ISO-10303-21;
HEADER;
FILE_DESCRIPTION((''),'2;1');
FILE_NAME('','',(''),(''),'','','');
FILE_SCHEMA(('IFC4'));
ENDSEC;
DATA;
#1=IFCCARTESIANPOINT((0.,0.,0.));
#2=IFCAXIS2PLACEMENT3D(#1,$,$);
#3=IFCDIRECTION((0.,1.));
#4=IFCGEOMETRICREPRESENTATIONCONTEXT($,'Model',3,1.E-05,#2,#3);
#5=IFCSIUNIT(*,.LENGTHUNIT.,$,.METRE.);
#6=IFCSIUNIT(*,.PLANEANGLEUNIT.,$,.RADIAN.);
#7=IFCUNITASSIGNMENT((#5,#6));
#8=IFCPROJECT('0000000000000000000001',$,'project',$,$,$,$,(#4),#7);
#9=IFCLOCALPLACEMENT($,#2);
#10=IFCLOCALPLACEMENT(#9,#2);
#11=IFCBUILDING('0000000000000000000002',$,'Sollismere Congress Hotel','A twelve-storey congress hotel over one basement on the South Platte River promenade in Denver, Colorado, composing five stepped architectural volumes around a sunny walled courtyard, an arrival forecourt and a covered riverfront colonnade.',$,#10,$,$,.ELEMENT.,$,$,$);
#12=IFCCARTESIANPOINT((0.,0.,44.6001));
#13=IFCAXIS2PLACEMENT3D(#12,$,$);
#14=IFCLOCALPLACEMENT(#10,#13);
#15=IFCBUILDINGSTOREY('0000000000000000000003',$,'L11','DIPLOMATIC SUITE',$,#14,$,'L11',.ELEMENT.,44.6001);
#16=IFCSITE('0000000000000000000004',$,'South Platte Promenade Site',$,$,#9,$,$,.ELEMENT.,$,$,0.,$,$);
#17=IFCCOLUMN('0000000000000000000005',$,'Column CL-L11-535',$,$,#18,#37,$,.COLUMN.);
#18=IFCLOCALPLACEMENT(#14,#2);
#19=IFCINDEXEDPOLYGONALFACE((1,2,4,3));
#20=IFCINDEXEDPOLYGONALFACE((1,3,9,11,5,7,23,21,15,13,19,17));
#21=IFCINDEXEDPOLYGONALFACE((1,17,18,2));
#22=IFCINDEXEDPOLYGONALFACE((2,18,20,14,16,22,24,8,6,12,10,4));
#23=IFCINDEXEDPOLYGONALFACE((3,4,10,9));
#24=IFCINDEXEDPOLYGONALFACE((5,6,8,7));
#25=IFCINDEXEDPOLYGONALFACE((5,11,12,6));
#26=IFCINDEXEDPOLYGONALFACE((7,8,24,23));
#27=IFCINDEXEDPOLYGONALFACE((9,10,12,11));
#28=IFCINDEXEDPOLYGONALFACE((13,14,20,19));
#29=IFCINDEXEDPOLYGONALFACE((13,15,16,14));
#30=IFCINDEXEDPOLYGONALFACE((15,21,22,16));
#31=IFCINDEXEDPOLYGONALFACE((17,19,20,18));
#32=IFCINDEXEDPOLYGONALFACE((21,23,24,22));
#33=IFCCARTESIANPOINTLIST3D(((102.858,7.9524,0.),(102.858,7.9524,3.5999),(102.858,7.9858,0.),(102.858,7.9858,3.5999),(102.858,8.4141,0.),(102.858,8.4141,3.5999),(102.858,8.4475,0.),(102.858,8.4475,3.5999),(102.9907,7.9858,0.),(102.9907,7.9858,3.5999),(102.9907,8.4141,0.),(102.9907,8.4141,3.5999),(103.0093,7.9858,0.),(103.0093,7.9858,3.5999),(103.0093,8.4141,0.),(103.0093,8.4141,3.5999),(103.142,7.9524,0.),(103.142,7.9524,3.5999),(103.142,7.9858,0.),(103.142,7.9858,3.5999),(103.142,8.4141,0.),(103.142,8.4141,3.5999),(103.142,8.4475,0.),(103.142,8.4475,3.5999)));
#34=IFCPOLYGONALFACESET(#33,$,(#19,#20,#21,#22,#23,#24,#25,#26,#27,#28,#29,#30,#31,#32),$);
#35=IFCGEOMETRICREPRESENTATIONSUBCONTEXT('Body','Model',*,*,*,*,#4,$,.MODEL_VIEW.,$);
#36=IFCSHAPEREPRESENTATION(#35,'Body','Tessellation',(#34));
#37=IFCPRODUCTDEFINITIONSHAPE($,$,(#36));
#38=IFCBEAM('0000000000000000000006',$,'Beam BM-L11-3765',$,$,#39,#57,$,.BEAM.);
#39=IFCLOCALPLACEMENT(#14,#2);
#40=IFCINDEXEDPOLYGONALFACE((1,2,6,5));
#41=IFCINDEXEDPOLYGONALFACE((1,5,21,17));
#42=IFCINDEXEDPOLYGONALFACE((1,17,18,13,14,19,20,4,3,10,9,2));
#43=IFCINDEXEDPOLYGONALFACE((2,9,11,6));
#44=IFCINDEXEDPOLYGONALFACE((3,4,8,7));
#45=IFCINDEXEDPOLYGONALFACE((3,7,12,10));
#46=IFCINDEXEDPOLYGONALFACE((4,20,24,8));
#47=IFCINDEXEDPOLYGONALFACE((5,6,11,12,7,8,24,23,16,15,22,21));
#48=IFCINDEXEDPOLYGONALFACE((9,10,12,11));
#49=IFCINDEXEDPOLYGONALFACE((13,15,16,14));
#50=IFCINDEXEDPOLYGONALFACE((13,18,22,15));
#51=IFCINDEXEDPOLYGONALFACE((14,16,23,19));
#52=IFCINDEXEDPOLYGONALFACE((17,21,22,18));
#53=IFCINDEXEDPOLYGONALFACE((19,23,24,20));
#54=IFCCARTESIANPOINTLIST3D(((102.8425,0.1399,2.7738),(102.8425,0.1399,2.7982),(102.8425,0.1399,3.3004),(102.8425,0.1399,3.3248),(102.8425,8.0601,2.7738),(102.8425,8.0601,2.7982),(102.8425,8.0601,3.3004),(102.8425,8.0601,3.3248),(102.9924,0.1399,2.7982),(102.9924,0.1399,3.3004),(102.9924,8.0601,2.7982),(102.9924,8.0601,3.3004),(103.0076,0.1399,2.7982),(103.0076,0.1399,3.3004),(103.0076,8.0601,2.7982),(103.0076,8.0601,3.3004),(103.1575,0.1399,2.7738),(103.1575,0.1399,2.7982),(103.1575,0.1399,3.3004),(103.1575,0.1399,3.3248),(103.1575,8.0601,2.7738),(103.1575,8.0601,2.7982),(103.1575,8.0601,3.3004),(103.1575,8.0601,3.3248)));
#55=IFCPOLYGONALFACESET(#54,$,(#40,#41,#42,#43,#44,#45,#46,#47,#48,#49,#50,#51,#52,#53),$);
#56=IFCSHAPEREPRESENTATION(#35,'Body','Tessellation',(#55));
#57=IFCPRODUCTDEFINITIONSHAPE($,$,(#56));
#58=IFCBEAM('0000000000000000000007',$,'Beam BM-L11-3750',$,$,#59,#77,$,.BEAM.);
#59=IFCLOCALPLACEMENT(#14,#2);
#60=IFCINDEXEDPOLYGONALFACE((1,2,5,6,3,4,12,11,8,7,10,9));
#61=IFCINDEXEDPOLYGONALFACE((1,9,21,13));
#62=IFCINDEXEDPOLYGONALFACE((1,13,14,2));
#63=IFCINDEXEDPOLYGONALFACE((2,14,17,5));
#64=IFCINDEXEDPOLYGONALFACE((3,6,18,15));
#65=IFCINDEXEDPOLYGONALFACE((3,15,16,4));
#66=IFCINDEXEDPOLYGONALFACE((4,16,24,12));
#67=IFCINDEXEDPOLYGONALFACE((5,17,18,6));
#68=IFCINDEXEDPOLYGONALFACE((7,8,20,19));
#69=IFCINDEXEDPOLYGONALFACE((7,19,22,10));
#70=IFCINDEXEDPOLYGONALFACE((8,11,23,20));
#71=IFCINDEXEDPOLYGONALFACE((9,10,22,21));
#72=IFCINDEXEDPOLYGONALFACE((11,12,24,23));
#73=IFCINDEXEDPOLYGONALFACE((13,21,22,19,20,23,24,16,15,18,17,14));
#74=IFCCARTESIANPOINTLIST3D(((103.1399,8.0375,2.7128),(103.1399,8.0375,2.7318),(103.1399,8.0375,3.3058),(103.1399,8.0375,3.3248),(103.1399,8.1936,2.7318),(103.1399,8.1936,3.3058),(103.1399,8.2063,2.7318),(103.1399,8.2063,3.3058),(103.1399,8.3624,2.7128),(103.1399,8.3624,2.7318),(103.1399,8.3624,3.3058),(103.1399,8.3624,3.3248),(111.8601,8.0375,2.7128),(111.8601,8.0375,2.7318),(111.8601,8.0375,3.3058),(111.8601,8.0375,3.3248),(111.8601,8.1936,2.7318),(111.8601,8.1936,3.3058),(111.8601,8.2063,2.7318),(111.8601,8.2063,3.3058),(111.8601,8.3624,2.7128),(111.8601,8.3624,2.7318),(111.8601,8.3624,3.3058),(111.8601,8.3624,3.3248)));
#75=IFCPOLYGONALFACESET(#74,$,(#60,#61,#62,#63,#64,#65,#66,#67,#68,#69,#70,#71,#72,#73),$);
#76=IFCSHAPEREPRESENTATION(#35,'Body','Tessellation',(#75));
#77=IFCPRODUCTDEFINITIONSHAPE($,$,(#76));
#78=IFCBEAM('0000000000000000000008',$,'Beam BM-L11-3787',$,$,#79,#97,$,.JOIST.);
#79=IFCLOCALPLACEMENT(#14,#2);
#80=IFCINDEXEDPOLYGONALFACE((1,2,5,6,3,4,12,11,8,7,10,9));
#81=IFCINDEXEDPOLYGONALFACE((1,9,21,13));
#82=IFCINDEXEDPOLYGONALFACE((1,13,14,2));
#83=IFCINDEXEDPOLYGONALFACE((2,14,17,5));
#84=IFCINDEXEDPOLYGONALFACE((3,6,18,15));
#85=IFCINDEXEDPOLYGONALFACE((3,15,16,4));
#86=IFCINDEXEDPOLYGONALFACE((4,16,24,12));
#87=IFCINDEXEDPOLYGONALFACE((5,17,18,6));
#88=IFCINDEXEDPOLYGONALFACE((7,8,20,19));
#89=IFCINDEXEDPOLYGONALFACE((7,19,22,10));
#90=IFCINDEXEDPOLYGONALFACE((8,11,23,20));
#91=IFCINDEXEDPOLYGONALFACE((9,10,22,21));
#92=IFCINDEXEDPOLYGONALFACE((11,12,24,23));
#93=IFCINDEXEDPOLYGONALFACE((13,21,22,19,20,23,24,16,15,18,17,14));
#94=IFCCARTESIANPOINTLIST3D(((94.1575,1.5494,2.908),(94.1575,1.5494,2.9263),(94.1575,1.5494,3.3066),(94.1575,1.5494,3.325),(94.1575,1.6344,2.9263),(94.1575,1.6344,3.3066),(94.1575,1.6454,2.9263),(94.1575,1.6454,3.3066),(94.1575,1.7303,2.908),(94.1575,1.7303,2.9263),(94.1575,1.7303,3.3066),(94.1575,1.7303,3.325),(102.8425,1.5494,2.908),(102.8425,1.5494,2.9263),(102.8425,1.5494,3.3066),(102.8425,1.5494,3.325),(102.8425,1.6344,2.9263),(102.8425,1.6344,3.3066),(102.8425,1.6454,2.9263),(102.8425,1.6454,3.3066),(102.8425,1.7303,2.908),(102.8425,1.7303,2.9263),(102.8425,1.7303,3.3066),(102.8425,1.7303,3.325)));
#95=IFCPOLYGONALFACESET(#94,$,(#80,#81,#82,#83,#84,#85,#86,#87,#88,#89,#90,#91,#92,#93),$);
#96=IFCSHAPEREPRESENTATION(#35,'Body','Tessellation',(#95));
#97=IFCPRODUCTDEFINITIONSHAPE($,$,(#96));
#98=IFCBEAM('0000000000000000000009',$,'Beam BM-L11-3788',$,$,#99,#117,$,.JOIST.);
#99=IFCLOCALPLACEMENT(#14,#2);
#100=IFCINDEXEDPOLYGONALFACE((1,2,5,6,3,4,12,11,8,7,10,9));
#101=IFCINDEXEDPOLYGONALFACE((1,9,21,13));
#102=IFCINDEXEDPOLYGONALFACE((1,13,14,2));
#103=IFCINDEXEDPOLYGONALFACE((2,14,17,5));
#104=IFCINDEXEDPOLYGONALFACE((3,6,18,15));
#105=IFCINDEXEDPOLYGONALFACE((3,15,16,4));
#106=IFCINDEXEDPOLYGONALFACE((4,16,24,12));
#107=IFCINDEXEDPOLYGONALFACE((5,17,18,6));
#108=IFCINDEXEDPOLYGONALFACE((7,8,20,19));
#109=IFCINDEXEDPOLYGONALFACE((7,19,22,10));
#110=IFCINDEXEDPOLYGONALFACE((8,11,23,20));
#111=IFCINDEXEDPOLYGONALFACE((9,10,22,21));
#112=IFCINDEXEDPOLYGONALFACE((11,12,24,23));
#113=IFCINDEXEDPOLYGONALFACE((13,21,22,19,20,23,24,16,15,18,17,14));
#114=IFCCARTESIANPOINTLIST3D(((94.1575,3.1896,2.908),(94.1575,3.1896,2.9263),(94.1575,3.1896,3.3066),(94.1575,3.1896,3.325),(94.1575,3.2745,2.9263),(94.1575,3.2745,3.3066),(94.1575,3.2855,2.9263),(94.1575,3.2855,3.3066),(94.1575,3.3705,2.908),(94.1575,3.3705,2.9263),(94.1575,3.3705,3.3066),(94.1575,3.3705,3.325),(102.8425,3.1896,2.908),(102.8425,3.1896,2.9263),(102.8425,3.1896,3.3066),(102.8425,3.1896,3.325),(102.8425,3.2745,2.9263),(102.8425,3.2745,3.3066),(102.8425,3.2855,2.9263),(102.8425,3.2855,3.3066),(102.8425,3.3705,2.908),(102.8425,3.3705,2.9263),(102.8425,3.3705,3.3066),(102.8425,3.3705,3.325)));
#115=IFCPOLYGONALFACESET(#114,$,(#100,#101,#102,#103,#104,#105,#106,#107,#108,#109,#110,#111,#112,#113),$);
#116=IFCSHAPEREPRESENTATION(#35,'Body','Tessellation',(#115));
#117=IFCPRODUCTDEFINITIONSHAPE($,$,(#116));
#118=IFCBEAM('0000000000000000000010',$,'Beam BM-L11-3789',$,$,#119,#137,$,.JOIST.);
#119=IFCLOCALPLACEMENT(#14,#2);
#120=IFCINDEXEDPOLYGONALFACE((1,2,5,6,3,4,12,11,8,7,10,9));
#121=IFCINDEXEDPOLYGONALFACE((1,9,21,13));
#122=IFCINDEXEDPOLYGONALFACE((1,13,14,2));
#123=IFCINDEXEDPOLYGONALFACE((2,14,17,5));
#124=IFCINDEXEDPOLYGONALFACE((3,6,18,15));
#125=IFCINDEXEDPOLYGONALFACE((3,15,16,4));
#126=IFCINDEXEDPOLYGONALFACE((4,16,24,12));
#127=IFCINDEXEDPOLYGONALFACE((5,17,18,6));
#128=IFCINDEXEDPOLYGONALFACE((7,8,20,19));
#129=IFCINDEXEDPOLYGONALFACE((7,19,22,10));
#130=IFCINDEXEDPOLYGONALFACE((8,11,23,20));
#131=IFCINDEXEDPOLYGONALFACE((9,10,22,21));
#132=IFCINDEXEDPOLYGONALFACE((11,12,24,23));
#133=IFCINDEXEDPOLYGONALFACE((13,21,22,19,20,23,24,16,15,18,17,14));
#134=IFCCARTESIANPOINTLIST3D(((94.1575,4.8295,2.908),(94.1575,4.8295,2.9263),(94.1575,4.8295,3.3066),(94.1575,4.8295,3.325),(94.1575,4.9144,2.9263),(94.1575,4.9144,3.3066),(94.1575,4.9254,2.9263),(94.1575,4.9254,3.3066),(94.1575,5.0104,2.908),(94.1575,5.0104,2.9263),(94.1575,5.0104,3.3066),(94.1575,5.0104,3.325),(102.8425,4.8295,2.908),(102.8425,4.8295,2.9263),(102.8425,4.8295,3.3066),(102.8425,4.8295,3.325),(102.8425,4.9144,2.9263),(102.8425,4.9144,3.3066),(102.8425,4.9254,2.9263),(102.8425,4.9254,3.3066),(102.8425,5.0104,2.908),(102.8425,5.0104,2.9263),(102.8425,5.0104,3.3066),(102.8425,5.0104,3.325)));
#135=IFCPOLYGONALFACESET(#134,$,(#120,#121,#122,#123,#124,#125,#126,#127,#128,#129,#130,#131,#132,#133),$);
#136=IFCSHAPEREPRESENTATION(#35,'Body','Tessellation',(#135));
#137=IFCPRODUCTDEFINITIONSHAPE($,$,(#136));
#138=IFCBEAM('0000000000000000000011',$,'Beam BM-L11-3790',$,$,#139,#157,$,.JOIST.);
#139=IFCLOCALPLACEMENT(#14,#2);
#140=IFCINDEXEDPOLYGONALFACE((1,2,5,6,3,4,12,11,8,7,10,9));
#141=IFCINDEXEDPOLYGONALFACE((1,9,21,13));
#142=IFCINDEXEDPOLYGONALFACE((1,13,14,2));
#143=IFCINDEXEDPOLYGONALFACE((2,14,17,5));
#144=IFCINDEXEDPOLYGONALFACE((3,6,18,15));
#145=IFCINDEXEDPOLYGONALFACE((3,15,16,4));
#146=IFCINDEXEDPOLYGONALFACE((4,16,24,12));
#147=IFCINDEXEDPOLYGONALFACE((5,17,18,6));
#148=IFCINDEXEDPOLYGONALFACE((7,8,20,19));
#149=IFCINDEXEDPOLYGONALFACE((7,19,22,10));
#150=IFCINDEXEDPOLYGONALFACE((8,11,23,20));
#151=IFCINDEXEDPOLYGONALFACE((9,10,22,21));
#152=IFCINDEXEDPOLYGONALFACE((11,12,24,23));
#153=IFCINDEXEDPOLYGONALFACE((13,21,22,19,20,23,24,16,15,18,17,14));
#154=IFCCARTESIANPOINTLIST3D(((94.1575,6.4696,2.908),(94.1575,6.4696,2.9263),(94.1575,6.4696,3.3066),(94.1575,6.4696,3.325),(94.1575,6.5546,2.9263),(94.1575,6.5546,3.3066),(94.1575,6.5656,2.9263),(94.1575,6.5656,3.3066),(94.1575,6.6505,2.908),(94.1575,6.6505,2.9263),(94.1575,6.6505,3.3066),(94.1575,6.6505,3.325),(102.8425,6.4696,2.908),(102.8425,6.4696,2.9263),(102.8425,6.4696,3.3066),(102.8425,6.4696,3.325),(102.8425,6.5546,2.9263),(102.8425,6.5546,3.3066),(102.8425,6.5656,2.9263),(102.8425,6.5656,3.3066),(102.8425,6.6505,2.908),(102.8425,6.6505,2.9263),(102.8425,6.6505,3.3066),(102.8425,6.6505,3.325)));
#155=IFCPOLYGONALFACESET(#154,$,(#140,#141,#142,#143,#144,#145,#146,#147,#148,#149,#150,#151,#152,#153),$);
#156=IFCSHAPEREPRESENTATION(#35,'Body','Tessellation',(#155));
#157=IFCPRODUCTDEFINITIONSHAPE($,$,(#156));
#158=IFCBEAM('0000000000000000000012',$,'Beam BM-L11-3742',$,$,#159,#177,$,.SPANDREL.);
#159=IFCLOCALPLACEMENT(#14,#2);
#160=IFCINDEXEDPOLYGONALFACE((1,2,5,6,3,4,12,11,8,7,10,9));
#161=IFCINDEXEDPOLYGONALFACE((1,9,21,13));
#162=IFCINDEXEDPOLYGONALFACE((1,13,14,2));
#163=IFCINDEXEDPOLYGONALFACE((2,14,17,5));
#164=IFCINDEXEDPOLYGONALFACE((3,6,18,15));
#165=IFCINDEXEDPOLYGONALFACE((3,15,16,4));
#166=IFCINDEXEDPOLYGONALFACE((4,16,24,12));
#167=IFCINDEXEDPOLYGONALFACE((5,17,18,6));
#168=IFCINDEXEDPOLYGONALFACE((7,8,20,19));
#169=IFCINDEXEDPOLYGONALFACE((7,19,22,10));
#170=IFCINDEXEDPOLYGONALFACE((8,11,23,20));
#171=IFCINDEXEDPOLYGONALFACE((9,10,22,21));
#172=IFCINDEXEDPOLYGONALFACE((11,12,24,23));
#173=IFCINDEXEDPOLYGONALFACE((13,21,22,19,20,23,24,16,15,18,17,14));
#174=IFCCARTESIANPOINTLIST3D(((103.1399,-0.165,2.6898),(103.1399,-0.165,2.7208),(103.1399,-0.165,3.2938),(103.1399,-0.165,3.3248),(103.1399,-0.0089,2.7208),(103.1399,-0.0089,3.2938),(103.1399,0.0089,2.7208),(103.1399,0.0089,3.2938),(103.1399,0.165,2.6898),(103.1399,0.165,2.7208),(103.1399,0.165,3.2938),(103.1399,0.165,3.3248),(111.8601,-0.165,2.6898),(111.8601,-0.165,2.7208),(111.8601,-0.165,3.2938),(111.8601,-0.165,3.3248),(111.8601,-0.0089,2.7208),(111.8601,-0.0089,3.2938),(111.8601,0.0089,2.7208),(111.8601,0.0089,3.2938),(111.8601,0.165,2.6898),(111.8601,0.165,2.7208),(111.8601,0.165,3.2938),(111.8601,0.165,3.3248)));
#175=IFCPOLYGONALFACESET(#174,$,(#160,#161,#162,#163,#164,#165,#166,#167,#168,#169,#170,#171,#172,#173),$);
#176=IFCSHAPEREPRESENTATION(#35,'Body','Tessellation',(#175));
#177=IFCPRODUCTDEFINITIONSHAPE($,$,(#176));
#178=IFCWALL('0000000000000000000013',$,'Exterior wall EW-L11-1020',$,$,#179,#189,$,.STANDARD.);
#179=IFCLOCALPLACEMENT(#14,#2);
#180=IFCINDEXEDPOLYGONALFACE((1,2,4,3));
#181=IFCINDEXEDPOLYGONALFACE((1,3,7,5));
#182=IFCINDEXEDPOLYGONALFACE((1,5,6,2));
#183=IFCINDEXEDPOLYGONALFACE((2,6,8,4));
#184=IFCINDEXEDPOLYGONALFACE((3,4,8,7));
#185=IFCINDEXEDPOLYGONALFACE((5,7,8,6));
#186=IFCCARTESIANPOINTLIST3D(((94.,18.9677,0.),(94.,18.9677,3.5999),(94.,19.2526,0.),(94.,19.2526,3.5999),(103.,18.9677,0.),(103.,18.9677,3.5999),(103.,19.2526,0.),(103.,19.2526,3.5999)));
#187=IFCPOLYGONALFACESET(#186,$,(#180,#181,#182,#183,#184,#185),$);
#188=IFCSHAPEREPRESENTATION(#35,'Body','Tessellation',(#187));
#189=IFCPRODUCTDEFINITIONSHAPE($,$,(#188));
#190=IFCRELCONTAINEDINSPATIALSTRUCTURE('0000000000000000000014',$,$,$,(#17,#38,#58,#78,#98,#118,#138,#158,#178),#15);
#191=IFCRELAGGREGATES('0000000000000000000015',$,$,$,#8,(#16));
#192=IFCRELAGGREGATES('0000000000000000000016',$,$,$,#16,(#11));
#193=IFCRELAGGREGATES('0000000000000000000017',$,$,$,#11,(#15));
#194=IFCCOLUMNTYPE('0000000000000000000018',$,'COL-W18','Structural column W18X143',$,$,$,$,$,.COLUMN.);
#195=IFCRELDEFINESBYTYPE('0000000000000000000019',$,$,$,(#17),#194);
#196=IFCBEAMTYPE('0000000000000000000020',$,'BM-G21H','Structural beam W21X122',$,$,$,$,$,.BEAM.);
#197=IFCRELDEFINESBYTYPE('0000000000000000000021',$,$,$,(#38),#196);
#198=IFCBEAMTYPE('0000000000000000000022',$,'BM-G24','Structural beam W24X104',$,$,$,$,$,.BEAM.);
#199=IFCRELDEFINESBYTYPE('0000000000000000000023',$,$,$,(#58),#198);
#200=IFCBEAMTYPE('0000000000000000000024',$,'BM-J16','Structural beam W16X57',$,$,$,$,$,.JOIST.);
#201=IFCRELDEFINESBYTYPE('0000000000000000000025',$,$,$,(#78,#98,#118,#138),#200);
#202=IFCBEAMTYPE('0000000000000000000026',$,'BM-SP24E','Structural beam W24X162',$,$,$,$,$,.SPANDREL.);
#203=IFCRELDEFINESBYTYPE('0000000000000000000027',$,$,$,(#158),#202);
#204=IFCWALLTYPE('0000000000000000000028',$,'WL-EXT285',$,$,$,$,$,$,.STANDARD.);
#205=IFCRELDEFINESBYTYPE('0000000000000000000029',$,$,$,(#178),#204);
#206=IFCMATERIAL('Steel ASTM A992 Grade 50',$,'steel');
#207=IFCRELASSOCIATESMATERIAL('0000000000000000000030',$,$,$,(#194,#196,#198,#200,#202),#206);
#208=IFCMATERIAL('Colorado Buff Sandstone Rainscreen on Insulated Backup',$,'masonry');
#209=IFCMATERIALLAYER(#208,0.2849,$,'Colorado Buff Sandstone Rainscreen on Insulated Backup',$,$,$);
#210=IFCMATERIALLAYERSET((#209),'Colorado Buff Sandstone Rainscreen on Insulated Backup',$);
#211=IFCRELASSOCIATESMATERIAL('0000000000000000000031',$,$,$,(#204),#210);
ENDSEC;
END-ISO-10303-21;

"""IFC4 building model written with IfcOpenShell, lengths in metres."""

from ifc_helpers import new_model, si_unit, direction, frame, frame_2d, origin, origin_2d, place, context, subcontext, project, spatial, rectangle, i_section, extrude, material, layer, layer_set, material_profile, profile_set, type_object, element, save


model = new_model("IFC4")

# Units and contexts
model_context = context("Model", 3, precision=1e-05, world=origin(), true_north=direction((0.0, 1.0)))
body_context = subcontext(model_context, "Body", "Model", "MODEL_VIEW")
ifc_project = project(units=[si_unit("LENGTHUNIT", "METRE"), si_unit("PLANEANGLEUNIT", "RADIAN")], contexts=[model_context])

# Site, building, storey
site_placement = place(None, origin())
site = spatial("IfcSite", under=ifc_project, at=site_placement, Name="South Platte Promenade Site", CompositionType="ELEMENT", RefElevation=0.0)
building_placement = place(site_placement, origin())
building = spatial("IfcBuilding", under=site, at=building_placement, Name="Sollismere Congress Hotel", Description="A twelve-storey congress hotel over one basement on the South Platte River promenade in Denver, Colorado, composing five stepped architectural volumes around a sunny walled courtyard, an arrival forecourt and a covered riverfront colonnade.", CompositionType="ELEMENT")
storey_placement = place(building_placement, frame((0.0, 0.0, 44.6001)))
storey = spatial("IfcBuildingStorey", under=building, at=storey_placement, Name="L11", Description="DIPLOMATIC SUITE", LongName="L11", CompositionType="ELEMENT", Elevation=44.6001)

# Column
ifc_material_1 = material(Name="Steel ASTM A992 Grade 50", Category="steel")
ifc_material_profile_1 = material_profile(ifc_material_1, i_section(OverallWidth=0.2839, OverallDepth=0.4951, WebThickness=0.0186, FlangeThickness=0.0334, at=origin_2d()), Name="W18X143")
ifc_profile_set_1 = profile_set([ifc_material_profile_1], Name="Steel ASTM A992 Grade 50")
column_type = type_object("IfcColumnType", Name="COL-W18", Description="Structural column W18X143", PredefinedType="COLUMN", material=ifc_profile_set_1)
column_placement = place(storey_placement, frame((103.0, 8.2, 0.0), z_axis=(0.0, 0.0, 1.0), x_axis=(1.0, 0.0, 0.0)))
element("IfcColumn", 1, at=column_placement, inside=storey, type_object=column_type, Name="Column CL-L11-535", PredefinedType="COLUMN", context=body_context, shape_type="SweptSolid", body=[
    extrude(i_section(OverallWidth=0.2839, OverallDepth=0.4951, WebThickness=0.0186, FlangeThickness=0.0334, at=origin_2d()), origin(), (0.0, 0.0, 1.0), 3.5999),
])

# Beams
ifc_material_profile_2 = material_profile(ifc_material_1, i_section(OverallWidth=0.3149, OverallDepth=0.551, WebThickness=0.0151, FlangeThickness=0.0244, at=origin_2d()), Name="W21X122")
ifc_profile_set_2 = profile_set([ifc_material_profile_2], Name="Steel ASTM A992 Grade 50")
beam_type_1 = type_object("IfcBeamType", Name="BM-G21H", Description="Structural beam W21X122", PredefinedType="BEAM", material=ifc_profile_set_2)
beam_1_placement = place(storey_placement, frame((103.0, 0.1399, 3.0493), z_axis=(0.0, 1.0, 0.0), x_axis=(-1.0, 0.0, 0.0)))
element("IfcBeam", 2, at=beam_1_placement, inside=storey, type_object=beam_type_1, Name="Beam BM-L11-3765", PredefinedType="BEAM", context=body_context, shape_type="SweptSolid", body=[
    extrude(i_section(OverallWidth=0.3149, OverallDepth=0.551, WebThickness=0.0151, FlangeThickness=0.0244, at=origin_2d()), origin(), (0.0, 0.0, 1.0), 7.9202),
])
ifc_material_profile_3 = material_profile(ifc_material_1, i_section(OverallWidth=0.325, OverallDepth=0.6121, WebThickness=0.0127, FlangeThickness=0.019, at=origin_2d()), Name="W24X104")
ifc_profile_set_3 = profile_set([ifc_material_profile_3], Name="Steel ASTM A992 Grade 50")
beam_type_2 = type_object("IfcBeamType", Name="BM-G24", Description="Structural beam W24X104", PredefinedType="BEAM", material=ifc_profile_set_3)
beam_2_placement = place(storey_placement, frame((103.1399, 8.2, 3.0188), z_axis=(1.0, 0.0, 0.0), x_axis=(0.0, 1.0, 0.0)))
element("IfcBeam", 3, at=beam_2_placement, inside=storey, type_object=beam_type_2, Name="Beam BM-L11-3750", PredefinedType="BEAM", context=body_context, shape_type="SweptSolid", body=[
    extrude(i_section(OverallWidth=0.325, OverallDepth=0.6121, WebThickness=0.0127, FlangeThickness=0.019, at=origin_2d()), origin(), (0.0, 0.0, 1.0), 8.7202),
])
ifc_material_profile_4 = material_profile(ifc_material_1, i_section(OverallWidth=0.1809, OverallDepth=0.417, WebThickness=0.011, FlangeThickness=0.0183, at=origin_2d()), Name="W16X57")
ifc_profile_set_4 = profile_set([ifc_material_profile_4], Name="Steel ASTM A992 Grade 50")
beam_type_3 = type_object("IfcBeamType", Name="BM-J16", Description="Structural beam W16X57", PredefinedType="JOIST", material=ifc_profile_set_4)
for number, where, z_axis, x_axis, name in (
    (4, (94.1575, 1.6399, 3.1165), (1.0, 0.0, 0.0), (0.0, 1.0, 0.0), "Beam BM-L11-3787"),
    (5, (94.1575, 3.28, 3.1165), (1.0, 0.0, 0.0), (0.0, 1.0, 0.0), "Beam BM-L11-3788"),
    (6, (94.1575, 4.9199, 3.1165), (1.0, 0.0, 0.0), (0.0, 1.0, 0.0), "Beam BM-L11-3789"),
    (7, (94.1575, 6.5601, 3.1165), (1.0, 0.0, 0.0), (0.0, 1.0, 0.0), "Beam BM-L11-3790"),
):
    element("IfcBeam", number, at=place(storey_placement, frame(where, z_axis=z_axis, x_axis=x_axis)), inside=storey, type_object=beam_type_3, Name=name, PredefinedType="JOIST", context=body_context, shape_type="SweptSolid", body=[
        extrude(i_section(OverallWidth=0.1809, OverallDepth=0.417, WebThickness=0.011, FlangeThickness=0.0183, at=origin_2d()), origin(), (0.0, 0.0, 1.0), 8.6851),
    ])
ifc_material_profile_5 = material_profile(ifc_material_1, i_section(OverallWidth=0.3301, OverallDepth=0.635, WebThickness=0.0178, FlangeThickness=0.031, at=origin_2d()), Name="W24X162")
ifc_profile_set_5 = profile_set([ifc_material_profile_5], Name="Steel ASTM A992 Grade 50")
beam_type_4 = type_object("IfcBeamType", Name="BM-SP24E", Description="Structural beam W24X162", PredefinedType="SPANDREL", material=ifc_profile_set_5)
beam_3_placement = place(storey_placement, frame((103.1399, 0.0, 3.0073), z_axis=(1.0, 0.0, 0.0), x_axis=(0.0, 1.0, 0.0)))
element("IfcBeam", 8, at=beam_3_placement, inside=storey, type_object=beam_type_4, Name="Beam BM-L11-3742", PredefinedType="SPANDREL", context=body_context, shape_type="SweptSolid", body=[
    extrude(i_section(OverallWidth=0.3301, OverallDepth=0.635, WebThickness=0.0178, FlangeThickness=0.031, at=origin_2d()), origin(), (0.0, 0.0, 1.0), 8.7202),
])

# Wall
ifc_material_2 = material(Name="Colorado Buff Sandstone Rainscreen on Insulated Backup", Category="masonry")
ifc_layer_1 = layer(ifc_material_2, 0.2849, Name="Colorado Buff Sandstone Rainscreen on Insulated Backup")
ifc_layer_set_1 = layer_set([ifc_layer_1], Name="Colorado Buff Sandstone Rainscreen on Insulated Backup")
wall_type_1 = type_object("IfcWallType", Name="WL-EXT285", PredefinedType="STANDARD", material=ifc_layer_set_1)
wall_1_placement = place(storey_placement, frame((103.0, 19.1101, 0.0), z_axis=(0.0, 0.0, 1.0), x_axis=(-1.0, 0.0, 0.0)))
element("IfcWall", 9, at=wall_1_placement, inside=storey, type_object=wall_type_1, Name="Exterior wall EW-L11-1020", PredefinedType="STANDARD", context=body_context, shape_type="SweptSolid", body=[
    extrude(rectangle(XDim=9.0, YDim=0.2849, at=frame_2d((4.5, 0.0))), origin(), (0.0, 0.0, 1.0), 3.5999),
])

save(model, "model.ifc")
